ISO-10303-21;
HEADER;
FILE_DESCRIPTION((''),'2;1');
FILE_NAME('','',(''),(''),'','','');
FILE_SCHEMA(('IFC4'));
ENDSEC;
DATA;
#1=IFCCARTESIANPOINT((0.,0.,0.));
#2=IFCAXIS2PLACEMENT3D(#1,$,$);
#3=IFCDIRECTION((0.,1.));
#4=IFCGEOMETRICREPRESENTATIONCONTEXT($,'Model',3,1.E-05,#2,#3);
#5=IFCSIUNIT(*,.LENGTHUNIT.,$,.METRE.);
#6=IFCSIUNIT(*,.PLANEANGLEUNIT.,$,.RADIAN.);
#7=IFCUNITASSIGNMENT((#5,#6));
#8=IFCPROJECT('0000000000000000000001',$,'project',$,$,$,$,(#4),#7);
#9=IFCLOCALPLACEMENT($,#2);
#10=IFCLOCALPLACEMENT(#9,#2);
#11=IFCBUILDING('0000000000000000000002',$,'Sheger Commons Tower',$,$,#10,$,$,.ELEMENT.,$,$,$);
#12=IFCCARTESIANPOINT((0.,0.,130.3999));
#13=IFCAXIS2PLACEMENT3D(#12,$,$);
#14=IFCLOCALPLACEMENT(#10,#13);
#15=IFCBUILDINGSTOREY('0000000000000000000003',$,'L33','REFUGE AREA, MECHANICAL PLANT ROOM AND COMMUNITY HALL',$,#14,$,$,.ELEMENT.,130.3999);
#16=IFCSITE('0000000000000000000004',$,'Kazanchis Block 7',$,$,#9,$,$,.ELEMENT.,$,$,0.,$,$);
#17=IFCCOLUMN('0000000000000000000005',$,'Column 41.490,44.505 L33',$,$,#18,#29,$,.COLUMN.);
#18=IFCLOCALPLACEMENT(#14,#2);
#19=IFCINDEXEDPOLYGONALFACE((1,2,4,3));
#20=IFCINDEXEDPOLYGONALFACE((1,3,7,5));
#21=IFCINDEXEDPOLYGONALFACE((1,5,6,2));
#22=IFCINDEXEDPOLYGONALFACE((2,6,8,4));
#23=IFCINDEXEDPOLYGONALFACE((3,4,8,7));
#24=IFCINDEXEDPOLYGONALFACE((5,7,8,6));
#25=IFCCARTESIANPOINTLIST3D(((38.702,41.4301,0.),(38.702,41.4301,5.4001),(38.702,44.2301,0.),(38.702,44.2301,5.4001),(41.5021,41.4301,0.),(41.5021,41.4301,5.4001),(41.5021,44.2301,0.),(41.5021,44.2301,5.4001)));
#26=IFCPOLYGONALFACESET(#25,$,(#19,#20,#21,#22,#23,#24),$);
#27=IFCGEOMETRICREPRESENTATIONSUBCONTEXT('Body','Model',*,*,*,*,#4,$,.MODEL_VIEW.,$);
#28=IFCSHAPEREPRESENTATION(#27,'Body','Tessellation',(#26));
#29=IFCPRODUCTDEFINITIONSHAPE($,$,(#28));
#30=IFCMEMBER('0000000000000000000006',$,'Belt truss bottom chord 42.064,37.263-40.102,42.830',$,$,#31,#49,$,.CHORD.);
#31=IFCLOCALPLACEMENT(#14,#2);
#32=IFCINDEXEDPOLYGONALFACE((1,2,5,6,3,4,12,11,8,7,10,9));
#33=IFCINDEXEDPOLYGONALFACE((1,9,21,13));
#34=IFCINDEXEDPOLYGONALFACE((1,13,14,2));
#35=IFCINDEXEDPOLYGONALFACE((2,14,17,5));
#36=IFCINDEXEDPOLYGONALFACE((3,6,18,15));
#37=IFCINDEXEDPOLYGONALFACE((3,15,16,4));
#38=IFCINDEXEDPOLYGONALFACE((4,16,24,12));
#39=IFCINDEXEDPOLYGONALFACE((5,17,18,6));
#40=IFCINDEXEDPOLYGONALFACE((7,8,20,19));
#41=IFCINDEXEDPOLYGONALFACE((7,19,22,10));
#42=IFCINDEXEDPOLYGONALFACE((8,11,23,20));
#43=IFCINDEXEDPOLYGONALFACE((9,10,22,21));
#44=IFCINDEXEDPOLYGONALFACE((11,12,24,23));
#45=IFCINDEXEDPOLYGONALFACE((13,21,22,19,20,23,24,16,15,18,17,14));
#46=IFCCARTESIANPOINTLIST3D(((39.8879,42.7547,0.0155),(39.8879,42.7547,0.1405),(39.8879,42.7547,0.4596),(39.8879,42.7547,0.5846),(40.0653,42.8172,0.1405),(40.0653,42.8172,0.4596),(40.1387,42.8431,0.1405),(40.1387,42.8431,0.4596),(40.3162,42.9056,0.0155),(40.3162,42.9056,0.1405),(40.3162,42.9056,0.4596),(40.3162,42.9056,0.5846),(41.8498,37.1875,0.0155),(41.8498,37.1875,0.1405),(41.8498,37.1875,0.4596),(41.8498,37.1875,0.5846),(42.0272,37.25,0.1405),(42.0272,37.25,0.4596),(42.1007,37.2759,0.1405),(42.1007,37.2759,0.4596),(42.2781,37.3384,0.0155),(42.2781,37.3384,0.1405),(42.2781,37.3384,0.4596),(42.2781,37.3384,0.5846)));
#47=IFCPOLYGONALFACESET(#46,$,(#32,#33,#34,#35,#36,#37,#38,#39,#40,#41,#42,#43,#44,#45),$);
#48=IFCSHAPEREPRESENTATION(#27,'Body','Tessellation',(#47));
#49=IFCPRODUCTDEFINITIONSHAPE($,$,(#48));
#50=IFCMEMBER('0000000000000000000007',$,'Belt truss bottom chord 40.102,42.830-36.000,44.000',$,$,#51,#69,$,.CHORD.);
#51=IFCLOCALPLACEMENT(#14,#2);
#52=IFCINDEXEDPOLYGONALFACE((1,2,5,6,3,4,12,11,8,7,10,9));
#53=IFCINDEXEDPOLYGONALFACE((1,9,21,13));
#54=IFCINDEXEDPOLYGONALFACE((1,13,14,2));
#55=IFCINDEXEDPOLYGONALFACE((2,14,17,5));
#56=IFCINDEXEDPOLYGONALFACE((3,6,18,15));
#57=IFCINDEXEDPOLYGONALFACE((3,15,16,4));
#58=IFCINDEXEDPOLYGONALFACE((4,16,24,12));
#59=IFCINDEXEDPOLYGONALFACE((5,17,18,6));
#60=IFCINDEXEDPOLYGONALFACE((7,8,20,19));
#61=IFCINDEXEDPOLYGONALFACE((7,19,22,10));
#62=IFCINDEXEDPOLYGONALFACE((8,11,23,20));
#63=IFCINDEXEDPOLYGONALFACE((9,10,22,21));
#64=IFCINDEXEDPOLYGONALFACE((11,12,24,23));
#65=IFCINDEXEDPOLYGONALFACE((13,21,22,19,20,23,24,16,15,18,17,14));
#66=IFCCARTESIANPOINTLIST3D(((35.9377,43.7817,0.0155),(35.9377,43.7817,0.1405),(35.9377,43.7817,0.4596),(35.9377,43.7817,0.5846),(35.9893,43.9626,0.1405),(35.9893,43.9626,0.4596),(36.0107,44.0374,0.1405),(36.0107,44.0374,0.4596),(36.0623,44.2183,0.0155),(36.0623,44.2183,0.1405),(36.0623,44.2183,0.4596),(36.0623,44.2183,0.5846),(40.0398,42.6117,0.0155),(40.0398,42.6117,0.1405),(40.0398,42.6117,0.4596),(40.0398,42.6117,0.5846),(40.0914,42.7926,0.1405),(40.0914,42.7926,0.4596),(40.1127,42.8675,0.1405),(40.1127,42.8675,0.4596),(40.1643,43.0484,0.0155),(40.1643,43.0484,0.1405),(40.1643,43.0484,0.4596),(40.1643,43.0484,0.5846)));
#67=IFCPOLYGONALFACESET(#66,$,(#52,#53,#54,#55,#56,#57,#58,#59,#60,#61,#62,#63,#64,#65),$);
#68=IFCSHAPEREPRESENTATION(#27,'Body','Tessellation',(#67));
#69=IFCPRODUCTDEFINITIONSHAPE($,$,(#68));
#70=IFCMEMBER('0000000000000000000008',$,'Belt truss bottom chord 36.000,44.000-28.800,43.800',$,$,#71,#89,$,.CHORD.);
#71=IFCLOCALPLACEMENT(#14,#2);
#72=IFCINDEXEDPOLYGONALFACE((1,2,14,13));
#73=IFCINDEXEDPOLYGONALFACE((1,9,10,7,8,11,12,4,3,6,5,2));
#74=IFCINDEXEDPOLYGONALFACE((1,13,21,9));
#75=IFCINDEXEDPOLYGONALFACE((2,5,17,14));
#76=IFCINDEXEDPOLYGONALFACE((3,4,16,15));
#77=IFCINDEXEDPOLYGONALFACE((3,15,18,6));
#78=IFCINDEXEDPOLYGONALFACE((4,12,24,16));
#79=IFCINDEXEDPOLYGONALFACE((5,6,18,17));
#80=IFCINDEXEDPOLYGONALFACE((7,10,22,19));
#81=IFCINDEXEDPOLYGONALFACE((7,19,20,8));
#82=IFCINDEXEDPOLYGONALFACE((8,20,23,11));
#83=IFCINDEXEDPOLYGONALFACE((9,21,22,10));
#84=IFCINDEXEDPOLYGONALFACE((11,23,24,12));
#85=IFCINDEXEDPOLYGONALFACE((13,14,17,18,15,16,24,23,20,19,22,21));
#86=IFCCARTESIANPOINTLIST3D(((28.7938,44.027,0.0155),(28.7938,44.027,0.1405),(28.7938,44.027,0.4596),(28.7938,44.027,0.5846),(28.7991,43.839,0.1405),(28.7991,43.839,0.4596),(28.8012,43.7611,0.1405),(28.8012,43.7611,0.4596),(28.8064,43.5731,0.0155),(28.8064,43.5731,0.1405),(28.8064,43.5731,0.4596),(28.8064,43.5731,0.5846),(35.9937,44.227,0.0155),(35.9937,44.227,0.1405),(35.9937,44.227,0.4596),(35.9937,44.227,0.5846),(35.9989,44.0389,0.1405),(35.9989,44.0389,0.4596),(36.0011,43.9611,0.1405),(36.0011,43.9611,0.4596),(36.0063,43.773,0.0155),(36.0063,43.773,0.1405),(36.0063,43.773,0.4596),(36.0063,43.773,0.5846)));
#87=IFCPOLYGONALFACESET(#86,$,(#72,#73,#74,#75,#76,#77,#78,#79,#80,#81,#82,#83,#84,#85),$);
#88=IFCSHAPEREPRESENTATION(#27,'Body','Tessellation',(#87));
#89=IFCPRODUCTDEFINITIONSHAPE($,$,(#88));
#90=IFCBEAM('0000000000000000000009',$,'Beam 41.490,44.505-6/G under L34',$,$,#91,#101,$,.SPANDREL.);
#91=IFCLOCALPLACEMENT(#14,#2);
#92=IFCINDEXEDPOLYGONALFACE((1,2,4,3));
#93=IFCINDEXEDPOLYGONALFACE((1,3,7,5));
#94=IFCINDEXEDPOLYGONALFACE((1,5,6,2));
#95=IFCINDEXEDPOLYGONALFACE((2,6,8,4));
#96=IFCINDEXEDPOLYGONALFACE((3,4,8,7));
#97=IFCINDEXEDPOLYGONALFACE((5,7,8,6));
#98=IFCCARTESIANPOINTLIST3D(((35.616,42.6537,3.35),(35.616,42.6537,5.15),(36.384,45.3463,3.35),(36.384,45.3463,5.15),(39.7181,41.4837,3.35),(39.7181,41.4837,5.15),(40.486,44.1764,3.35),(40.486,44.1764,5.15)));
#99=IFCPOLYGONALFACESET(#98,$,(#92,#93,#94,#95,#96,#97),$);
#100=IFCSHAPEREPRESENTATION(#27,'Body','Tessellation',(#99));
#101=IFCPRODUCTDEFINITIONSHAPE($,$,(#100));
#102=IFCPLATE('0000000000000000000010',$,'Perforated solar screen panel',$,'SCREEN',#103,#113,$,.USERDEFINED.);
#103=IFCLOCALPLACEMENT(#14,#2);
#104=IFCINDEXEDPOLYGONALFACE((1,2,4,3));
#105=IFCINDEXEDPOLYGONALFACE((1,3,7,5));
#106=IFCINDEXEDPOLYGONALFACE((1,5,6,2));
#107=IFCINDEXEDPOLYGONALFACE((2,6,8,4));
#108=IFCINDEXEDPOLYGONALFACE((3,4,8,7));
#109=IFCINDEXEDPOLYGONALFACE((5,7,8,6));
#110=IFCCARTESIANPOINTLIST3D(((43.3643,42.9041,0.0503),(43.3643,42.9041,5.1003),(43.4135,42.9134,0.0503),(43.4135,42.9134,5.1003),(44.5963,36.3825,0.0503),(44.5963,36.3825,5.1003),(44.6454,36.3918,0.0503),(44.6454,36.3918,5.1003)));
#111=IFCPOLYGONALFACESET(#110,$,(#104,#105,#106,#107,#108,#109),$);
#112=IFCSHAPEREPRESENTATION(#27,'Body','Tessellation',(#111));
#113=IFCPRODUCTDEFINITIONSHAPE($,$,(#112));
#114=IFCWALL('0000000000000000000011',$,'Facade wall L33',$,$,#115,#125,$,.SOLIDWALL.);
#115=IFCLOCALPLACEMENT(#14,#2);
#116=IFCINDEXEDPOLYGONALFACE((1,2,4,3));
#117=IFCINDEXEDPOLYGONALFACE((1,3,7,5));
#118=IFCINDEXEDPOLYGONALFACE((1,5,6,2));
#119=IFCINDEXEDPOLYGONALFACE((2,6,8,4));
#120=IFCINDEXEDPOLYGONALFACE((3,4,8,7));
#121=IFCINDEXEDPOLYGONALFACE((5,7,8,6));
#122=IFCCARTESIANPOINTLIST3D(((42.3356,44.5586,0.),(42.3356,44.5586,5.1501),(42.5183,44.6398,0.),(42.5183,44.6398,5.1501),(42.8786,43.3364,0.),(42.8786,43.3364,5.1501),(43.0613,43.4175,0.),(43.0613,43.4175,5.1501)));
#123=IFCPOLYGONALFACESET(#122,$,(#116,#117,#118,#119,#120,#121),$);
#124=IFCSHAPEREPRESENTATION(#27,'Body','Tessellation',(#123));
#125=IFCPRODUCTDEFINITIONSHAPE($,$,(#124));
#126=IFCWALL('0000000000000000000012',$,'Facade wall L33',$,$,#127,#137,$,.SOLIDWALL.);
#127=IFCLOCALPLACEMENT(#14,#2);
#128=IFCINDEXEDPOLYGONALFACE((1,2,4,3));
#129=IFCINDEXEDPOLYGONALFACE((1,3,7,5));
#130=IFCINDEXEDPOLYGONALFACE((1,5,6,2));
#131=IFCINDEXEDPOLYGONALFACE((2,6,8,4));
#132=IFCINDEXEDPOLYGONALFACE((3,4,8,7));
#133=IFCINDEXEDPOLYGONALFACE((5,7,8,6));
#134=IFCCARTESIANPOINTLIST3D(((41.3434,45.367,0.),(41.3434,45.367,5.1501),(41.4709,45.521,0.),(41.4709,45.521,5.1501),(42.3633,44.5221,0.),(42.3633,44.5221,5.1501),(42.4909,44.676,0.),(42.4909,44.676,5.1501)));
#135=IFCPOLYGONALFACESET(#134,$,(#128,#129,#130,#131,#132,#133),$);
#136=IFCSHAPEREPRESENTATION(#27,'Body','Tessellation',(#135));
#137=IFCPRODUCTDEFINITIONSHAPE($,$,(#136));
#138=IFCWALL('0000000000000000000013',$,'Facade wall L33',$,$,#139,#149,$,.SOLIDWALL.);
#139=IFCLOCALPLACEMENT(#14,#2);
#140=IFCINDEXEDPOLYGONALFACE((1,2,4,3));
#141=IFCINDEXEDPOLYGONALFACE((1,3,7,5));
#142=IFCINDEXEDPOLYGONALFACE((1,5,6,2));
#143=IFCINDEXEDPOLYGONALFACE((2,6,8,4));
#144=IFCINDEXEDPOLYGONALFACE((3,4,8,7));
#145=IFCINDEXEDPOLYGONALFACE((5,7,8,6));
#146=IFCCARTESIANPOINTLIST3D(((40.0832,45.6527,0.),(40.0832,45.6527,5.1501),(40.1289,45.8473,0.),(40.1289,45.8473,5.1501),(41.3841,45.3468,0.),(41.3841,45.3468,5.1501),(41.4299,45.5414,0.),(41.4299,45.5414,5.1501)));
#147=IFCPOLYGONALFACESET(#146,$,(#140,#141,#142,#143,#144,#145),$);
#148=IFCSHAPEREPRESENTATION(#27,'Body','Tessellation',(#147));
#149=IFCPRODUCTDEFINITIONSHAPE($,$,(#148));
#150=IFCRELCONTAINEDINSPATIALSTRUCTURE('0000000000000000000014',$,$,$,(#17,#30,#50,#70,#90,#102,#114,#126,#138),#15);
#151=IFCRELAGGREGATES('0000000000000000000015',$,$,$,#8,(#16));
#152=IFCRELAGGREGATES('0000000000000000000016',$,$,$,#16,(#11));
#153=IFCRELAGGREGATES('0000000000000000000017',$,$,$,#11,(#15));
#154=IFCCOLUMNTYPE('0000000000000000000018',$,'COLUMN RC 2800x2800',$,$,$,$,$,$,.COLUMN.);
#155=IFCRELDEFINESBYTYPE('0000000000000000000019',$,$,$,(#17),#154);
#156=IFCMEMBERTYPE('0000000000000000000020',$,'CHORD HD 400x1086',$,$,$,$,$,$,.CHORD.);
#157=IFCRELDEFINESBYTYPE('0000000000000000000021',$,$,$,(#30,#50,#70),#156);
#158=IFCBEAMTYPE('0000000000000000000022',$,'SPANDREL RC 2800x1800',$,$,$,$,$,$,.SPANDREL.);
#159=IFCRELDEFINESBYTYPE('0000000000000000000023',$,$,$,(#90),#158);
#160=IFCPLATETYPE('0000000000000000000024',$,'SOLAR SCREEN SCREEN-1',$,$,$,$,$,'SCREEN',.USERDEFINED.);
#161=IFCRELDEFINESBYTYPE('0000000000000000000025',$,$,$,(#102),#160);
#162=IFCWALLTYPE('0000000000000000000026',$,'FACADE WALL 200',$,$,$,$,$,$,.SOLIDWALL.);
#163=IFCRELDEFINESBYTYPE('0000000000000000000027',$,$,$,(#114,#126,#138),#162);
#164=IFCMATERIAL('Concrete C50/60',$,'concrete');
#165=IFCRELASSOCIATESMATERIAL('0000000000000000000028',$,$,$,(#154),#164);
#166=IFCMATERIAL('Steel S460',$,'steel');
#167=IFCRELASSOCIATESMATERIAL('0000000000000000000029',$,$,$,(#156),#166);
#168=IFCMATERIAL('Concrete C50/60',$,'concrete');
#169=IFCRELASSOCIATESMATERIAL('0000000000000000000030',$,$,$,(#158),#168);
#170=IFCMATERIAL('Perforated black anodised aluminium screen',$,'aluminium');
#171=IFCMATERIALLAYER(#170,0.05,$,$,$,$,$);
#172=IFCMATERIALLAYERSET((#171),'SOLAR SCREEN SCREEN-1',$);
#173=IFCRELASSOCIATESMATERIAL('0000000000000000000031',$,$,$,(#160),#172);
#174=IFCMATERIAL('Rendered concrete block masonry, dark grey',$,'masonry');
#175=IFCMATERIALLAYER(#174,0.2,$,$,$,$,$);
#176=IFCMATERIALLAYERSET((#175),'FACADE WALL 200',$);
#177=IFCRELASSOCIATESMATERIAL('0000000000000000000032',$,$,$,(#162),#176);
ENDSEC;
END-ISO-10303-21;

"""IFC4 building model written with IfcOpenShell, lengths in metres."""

from ifc_helpers import new_model, si_unit, direction, frame, frame_2d, origin, origin_2d, place, context, subcontext, project, spatial, rectangle, i_section, extrude, material, layer, layer_set, material_profile, profile_set, type_object, element, save


model = new_model("IFC4")

# Units and contexts
model_context = context("Model", 3, precision=1e-05, world=origin(), true_north=direction((0.0, 1.0)))
body_context = subcontext(model_context, "Body", "Model", "MODEL_VIEW")
ifc_project = project(units=[si_unit("LENGTHUNIT", "METRE"), si_unit("PLANEANGLEUNIT", "RADIAN")], contexts=[model_context])

# Site, building, storey
site_placement = place(None, origin())
site = spatial("IfcSite", under=ifc_project, at=site_placement, Name="Kazanchis Block 7", CompositionType="ELEMENT", RefElevation=0.0)
building_placement = place(site_placement, origin())
building = spatial("IfcBuilding", under=site, at=building_placement, Name="Sheger Commons Tower", CompositionType="ELEMENT")
storey_placement = place(building_placement, frame((0.0, 0.0, 130.3999)))
storey = spatial("IfcBuildingStorey", under=building, at=storey_placement, Name="L33", Description="REFUGE AREA, MECHANICAL PLANT ROOM AND COMMUNITY HALL", CompositionType="ELEMENT", Elevation=130.3999)

# Column
ifc_material_1 = material(Name="Concrete C50/60", Category="concrete")
ifc_material_profile_1 = material_profile(ifc_material_1, rectangle(XDim=2.8, YDim=2.8, at=origin_2d()), Name="RC 2800x2800")
ifc_profile_set_1 = profile_set([ifc_material_profile_1], Name="Concrete C50/60")
column_type = type_object("IfcColumnType", Name="COLUMN RC 2800x2800", PredefinedType="COLUMN", material=ifc_profile_set_1)
column_placement = place(storey_placement, frame((40.1021, 42.8301, 0.0), z_axis=(0.0, 0.0, 1.0), x_axis=(1.0, 0.0, 0.0)))
element("IfcColumn", 1, at=column_placement, inside=storey, type_object=column_type, Name="Column 41.490,44.505 L33", PredefinedType="COLUMN", context=body_context, shape_type="SweptSolid", body=[
    extrude(rectangle(XDim=2.8, YDim=2.8, at=origin_2d()), origin(), (0.0, 0.0, 1.0), 5.4001),
])

# Members
ifc_material_2 = material(Name="Steel S460", Category="steel")
ifc_material_profile_2 = material_profile(ifc_material_2, i_section(OverallWidth=0.4541, OverallDepth=0.5691, WebThickness=0.0779, FlangeThickness=0.125, at=origin_2d()), Name="HD 400x1086")
ifc_profile_set_2 = profile_set([ifc_material_profile_2], Name="Steel S460")
member_type = type_object("IfcMemberType", Name="CHORD HD 400x1086", PredefinedType="CHORD", material=ifc_profile_set_2)
member_1_placement = place(storey_placement, frame((42.064, 37.2629, 0.3), z_axis=(-0.332374, 0.943148, 0.0), x_axis=(-0.943148, -0.332374, 0.0)))
element("IfcMember", 2, at=member_1_placement, inside=storey, type_object=member_type, Name="Belt truss bottom chord 42.064,37.263-40.102,42.830", PredefinedType="CHORD", context=body_context, shape_type="SweptSolid", body=[
    extrude(i_section(OverallWidth=0.4541, OverallDepth=0.5691, WebThickness=0.0779, FlangeThickness=0.125, at=origin_2d()), origin(), (0.0, 0.0, 1.0), 5.9028),
])
member_2_placement = place(storey_placement, frame((40.1021, 42.8301, 0.3), z_axis=(-0.961653, 0.274268, 0.0), x_axis=(-0.274268, -0.961653, 0.0)))
element("IfcMember", 3, at=member_2_placement, inside=storey, type_object=member_type, Name="Belt truss bottom chord 40.102,42.830-36.000,44.000", PredefinedType="CHORD", context=body_context, shape_type="SweptSolid", body=[
    extrude(i_section(OverallWidth=0.4541, OverallDepth=0.5691, WebThickness=0.0779, FlangeThickness=0.125, at=origin_2d()), origin(), (0.0, 0.0, 1.0), 4.2656),
])
member_3_placement = place(storey_placement, frame((36.0, 44.0, 0.3), z_axis=(-0.999615, -0.02776, 0.0), x_axis=(0.02776, -0.999615, 0.0)))
element("IfcMember", 4, at=member_3_placement, inside=storey, type_object=member_type, Name="Belt truss bottom chord 36.000,44.000-28.800,43.800", PredefinedType="CHORD", context=body_context, shape_type="SweptSolid", body=[
    extrude(i_section(OverallWidth=0.4541, OverallDepth=0.5691, WebThickness=0.0779, FlangeThickness=0.125, at=origin_2d()), origin(), (0.0, 0.0, 1.0), 7.2026),
])

# Beam
ifc_material_3 = material(Name="Concrete C50/60", Category="concrete")
ifc_material_profile_3 = material_profile(ifc_material_3, rectangle(XDim=2.8, YDim=1.8, at=origin_2d()), Name="RC 2800x1800")
ifc_profile_set_3 = profile_set([ifc_material_profile_3], Name="Concrete C50/60")
beam_type = type_object("IfcBeamType", Name="SPANDREL RC 2800x1800", PredefinedType="SPANDREL", material=ifc_profile_set_3)
beam_placement = place(storey_placement, frame((40.1021, 42.8301, 4.25), z_axis=(-0.961653, 0.274268, 0.0), x_axis=(-0.274268, -0.961653, 0.0)))
element("IfcBeam", 5, at=beam_placement, inside=storey, type_object=beam_type, Name="Beam 41.490,44.505-6/G under L34", PredefinedType="SPANDREL", context=body_context, shape_type="SweptSolid", body=[
    extrude(rectangle(XDim=2.8, YDim=1.8, at=origin_2d()), origin(), (0.0, 0.0, 1.0), 4.2656),
])

# Plate
ifc_material_4 = material(Name="Perforated black anodised aluminium screen", Category="aluminium")
ifc_layer_1 = layer(ifc_material_4, 0.05)
ifc_layer_set_1 = layer_set([ifc_layer_1], Name="SOLAR SCREEN SCREEN-1")
plate_type = type_object("IfcPlateType", Name="SOLAR SCREEN SCREEN-1", ElementType="SCREEN", PredefinedType="USERDEFINED", material=ifc_layer_set_1)
plate_placement = place(storey_placement, frame((44.0049, 39.6479, 0.0503), z_axis=(0.0, 0.0, 1.0), x_axis=(-0.185615, 0.982623, 0.0)))
element("IfcPlate", 6, at=plate_placement, inside=storey, type_object=plate_type, Name="Perforated solar screen panel", ObjectType="SCREEN", PredefinedType="USERDEFINED", context=body_context, shape_type="SweptSolid", body=[
    extrude(rectangle(XDim=6.637, YDim=0.05, at=origin_2d()), origin(), (0.0, 0.0, 1.0), 5.05),
])

# Walls
ifc_material_5 = material(Name="Rendered concrete block masonry, dark grey", Category="masonry")
ifc_layer_2 = layer(ifc_material_5, 0.2)
ifc_layer_set_2 = layer_set([ifc_layer_2], Name="FACADE WALL 200")
wall_type = type_object("IfcWallType", Name="FACADE WALL 200", PredefinedType="SOLIDWALL", material=ifc_layer_set_2)
wall_1_placement = place(storey_placement, frame((42.97, 43.377, 0.0), z_axis=(0.0, 0.0, 1.0), x_axis=(-0.406003, 0.913872, 0.0)))
element("IfcWall", 7, at=wall_1_placement, inside=storey, type_object=wall_type, Name="Facade wall L33", PredefinedType="SOLIDWALL", context=body_context, shape_type="SweptSolid", body=[
    extrude(rectangle(XDim=1.3374, YDim=0.2, at=frame_2d((0.6687, 0.0))), origin(), (0.0, 0.0, 1.0), 5.1501),
])
wall_2_placement = place(storey_placement, frame((42.427, 44.5991, 0.0), z_axis=(0.0, 0.0, 1.0), x_axis=(-0.770091, 0.637934, 0.0)))
element("IfcWall", 8, at=wall_2_placement, inside=storey, type_object=wall_type, Name="Facade wall L33", PredefinedType="SOLIDWALL", context=body_context, shape_type="SweptSolid", body=[
    extrude(rectangle(XDim=1.3245, YDim=0.2, at=frame_2d((0.6621, 0.0))), origin(), (0.0, 0.0, 1.0), 5.1501),
])
wall_3_placement = place(storey_placement, frame((41.407, 45.4441, 0.0), z_axis=(0.0, 0.0, 1.0), x_axis=(-0.973453, 0.228887, 0.0)))
element("IfcWall", 9, at=wall_3_placement, inside=storey, type_object=wall_type, Name="Facade wall L33", PredefinedType="SOLIDWALL", context=body_context, shape_type="SweptSolid", body=[
    extrude(rectangle(XDim=1.3364, YDim=0.2, at=frame_2d((0.6682, 0.0))), origin(), (0.0, 0.0, 1.0), 5.1501),
])

save(model, "model.ifc")
